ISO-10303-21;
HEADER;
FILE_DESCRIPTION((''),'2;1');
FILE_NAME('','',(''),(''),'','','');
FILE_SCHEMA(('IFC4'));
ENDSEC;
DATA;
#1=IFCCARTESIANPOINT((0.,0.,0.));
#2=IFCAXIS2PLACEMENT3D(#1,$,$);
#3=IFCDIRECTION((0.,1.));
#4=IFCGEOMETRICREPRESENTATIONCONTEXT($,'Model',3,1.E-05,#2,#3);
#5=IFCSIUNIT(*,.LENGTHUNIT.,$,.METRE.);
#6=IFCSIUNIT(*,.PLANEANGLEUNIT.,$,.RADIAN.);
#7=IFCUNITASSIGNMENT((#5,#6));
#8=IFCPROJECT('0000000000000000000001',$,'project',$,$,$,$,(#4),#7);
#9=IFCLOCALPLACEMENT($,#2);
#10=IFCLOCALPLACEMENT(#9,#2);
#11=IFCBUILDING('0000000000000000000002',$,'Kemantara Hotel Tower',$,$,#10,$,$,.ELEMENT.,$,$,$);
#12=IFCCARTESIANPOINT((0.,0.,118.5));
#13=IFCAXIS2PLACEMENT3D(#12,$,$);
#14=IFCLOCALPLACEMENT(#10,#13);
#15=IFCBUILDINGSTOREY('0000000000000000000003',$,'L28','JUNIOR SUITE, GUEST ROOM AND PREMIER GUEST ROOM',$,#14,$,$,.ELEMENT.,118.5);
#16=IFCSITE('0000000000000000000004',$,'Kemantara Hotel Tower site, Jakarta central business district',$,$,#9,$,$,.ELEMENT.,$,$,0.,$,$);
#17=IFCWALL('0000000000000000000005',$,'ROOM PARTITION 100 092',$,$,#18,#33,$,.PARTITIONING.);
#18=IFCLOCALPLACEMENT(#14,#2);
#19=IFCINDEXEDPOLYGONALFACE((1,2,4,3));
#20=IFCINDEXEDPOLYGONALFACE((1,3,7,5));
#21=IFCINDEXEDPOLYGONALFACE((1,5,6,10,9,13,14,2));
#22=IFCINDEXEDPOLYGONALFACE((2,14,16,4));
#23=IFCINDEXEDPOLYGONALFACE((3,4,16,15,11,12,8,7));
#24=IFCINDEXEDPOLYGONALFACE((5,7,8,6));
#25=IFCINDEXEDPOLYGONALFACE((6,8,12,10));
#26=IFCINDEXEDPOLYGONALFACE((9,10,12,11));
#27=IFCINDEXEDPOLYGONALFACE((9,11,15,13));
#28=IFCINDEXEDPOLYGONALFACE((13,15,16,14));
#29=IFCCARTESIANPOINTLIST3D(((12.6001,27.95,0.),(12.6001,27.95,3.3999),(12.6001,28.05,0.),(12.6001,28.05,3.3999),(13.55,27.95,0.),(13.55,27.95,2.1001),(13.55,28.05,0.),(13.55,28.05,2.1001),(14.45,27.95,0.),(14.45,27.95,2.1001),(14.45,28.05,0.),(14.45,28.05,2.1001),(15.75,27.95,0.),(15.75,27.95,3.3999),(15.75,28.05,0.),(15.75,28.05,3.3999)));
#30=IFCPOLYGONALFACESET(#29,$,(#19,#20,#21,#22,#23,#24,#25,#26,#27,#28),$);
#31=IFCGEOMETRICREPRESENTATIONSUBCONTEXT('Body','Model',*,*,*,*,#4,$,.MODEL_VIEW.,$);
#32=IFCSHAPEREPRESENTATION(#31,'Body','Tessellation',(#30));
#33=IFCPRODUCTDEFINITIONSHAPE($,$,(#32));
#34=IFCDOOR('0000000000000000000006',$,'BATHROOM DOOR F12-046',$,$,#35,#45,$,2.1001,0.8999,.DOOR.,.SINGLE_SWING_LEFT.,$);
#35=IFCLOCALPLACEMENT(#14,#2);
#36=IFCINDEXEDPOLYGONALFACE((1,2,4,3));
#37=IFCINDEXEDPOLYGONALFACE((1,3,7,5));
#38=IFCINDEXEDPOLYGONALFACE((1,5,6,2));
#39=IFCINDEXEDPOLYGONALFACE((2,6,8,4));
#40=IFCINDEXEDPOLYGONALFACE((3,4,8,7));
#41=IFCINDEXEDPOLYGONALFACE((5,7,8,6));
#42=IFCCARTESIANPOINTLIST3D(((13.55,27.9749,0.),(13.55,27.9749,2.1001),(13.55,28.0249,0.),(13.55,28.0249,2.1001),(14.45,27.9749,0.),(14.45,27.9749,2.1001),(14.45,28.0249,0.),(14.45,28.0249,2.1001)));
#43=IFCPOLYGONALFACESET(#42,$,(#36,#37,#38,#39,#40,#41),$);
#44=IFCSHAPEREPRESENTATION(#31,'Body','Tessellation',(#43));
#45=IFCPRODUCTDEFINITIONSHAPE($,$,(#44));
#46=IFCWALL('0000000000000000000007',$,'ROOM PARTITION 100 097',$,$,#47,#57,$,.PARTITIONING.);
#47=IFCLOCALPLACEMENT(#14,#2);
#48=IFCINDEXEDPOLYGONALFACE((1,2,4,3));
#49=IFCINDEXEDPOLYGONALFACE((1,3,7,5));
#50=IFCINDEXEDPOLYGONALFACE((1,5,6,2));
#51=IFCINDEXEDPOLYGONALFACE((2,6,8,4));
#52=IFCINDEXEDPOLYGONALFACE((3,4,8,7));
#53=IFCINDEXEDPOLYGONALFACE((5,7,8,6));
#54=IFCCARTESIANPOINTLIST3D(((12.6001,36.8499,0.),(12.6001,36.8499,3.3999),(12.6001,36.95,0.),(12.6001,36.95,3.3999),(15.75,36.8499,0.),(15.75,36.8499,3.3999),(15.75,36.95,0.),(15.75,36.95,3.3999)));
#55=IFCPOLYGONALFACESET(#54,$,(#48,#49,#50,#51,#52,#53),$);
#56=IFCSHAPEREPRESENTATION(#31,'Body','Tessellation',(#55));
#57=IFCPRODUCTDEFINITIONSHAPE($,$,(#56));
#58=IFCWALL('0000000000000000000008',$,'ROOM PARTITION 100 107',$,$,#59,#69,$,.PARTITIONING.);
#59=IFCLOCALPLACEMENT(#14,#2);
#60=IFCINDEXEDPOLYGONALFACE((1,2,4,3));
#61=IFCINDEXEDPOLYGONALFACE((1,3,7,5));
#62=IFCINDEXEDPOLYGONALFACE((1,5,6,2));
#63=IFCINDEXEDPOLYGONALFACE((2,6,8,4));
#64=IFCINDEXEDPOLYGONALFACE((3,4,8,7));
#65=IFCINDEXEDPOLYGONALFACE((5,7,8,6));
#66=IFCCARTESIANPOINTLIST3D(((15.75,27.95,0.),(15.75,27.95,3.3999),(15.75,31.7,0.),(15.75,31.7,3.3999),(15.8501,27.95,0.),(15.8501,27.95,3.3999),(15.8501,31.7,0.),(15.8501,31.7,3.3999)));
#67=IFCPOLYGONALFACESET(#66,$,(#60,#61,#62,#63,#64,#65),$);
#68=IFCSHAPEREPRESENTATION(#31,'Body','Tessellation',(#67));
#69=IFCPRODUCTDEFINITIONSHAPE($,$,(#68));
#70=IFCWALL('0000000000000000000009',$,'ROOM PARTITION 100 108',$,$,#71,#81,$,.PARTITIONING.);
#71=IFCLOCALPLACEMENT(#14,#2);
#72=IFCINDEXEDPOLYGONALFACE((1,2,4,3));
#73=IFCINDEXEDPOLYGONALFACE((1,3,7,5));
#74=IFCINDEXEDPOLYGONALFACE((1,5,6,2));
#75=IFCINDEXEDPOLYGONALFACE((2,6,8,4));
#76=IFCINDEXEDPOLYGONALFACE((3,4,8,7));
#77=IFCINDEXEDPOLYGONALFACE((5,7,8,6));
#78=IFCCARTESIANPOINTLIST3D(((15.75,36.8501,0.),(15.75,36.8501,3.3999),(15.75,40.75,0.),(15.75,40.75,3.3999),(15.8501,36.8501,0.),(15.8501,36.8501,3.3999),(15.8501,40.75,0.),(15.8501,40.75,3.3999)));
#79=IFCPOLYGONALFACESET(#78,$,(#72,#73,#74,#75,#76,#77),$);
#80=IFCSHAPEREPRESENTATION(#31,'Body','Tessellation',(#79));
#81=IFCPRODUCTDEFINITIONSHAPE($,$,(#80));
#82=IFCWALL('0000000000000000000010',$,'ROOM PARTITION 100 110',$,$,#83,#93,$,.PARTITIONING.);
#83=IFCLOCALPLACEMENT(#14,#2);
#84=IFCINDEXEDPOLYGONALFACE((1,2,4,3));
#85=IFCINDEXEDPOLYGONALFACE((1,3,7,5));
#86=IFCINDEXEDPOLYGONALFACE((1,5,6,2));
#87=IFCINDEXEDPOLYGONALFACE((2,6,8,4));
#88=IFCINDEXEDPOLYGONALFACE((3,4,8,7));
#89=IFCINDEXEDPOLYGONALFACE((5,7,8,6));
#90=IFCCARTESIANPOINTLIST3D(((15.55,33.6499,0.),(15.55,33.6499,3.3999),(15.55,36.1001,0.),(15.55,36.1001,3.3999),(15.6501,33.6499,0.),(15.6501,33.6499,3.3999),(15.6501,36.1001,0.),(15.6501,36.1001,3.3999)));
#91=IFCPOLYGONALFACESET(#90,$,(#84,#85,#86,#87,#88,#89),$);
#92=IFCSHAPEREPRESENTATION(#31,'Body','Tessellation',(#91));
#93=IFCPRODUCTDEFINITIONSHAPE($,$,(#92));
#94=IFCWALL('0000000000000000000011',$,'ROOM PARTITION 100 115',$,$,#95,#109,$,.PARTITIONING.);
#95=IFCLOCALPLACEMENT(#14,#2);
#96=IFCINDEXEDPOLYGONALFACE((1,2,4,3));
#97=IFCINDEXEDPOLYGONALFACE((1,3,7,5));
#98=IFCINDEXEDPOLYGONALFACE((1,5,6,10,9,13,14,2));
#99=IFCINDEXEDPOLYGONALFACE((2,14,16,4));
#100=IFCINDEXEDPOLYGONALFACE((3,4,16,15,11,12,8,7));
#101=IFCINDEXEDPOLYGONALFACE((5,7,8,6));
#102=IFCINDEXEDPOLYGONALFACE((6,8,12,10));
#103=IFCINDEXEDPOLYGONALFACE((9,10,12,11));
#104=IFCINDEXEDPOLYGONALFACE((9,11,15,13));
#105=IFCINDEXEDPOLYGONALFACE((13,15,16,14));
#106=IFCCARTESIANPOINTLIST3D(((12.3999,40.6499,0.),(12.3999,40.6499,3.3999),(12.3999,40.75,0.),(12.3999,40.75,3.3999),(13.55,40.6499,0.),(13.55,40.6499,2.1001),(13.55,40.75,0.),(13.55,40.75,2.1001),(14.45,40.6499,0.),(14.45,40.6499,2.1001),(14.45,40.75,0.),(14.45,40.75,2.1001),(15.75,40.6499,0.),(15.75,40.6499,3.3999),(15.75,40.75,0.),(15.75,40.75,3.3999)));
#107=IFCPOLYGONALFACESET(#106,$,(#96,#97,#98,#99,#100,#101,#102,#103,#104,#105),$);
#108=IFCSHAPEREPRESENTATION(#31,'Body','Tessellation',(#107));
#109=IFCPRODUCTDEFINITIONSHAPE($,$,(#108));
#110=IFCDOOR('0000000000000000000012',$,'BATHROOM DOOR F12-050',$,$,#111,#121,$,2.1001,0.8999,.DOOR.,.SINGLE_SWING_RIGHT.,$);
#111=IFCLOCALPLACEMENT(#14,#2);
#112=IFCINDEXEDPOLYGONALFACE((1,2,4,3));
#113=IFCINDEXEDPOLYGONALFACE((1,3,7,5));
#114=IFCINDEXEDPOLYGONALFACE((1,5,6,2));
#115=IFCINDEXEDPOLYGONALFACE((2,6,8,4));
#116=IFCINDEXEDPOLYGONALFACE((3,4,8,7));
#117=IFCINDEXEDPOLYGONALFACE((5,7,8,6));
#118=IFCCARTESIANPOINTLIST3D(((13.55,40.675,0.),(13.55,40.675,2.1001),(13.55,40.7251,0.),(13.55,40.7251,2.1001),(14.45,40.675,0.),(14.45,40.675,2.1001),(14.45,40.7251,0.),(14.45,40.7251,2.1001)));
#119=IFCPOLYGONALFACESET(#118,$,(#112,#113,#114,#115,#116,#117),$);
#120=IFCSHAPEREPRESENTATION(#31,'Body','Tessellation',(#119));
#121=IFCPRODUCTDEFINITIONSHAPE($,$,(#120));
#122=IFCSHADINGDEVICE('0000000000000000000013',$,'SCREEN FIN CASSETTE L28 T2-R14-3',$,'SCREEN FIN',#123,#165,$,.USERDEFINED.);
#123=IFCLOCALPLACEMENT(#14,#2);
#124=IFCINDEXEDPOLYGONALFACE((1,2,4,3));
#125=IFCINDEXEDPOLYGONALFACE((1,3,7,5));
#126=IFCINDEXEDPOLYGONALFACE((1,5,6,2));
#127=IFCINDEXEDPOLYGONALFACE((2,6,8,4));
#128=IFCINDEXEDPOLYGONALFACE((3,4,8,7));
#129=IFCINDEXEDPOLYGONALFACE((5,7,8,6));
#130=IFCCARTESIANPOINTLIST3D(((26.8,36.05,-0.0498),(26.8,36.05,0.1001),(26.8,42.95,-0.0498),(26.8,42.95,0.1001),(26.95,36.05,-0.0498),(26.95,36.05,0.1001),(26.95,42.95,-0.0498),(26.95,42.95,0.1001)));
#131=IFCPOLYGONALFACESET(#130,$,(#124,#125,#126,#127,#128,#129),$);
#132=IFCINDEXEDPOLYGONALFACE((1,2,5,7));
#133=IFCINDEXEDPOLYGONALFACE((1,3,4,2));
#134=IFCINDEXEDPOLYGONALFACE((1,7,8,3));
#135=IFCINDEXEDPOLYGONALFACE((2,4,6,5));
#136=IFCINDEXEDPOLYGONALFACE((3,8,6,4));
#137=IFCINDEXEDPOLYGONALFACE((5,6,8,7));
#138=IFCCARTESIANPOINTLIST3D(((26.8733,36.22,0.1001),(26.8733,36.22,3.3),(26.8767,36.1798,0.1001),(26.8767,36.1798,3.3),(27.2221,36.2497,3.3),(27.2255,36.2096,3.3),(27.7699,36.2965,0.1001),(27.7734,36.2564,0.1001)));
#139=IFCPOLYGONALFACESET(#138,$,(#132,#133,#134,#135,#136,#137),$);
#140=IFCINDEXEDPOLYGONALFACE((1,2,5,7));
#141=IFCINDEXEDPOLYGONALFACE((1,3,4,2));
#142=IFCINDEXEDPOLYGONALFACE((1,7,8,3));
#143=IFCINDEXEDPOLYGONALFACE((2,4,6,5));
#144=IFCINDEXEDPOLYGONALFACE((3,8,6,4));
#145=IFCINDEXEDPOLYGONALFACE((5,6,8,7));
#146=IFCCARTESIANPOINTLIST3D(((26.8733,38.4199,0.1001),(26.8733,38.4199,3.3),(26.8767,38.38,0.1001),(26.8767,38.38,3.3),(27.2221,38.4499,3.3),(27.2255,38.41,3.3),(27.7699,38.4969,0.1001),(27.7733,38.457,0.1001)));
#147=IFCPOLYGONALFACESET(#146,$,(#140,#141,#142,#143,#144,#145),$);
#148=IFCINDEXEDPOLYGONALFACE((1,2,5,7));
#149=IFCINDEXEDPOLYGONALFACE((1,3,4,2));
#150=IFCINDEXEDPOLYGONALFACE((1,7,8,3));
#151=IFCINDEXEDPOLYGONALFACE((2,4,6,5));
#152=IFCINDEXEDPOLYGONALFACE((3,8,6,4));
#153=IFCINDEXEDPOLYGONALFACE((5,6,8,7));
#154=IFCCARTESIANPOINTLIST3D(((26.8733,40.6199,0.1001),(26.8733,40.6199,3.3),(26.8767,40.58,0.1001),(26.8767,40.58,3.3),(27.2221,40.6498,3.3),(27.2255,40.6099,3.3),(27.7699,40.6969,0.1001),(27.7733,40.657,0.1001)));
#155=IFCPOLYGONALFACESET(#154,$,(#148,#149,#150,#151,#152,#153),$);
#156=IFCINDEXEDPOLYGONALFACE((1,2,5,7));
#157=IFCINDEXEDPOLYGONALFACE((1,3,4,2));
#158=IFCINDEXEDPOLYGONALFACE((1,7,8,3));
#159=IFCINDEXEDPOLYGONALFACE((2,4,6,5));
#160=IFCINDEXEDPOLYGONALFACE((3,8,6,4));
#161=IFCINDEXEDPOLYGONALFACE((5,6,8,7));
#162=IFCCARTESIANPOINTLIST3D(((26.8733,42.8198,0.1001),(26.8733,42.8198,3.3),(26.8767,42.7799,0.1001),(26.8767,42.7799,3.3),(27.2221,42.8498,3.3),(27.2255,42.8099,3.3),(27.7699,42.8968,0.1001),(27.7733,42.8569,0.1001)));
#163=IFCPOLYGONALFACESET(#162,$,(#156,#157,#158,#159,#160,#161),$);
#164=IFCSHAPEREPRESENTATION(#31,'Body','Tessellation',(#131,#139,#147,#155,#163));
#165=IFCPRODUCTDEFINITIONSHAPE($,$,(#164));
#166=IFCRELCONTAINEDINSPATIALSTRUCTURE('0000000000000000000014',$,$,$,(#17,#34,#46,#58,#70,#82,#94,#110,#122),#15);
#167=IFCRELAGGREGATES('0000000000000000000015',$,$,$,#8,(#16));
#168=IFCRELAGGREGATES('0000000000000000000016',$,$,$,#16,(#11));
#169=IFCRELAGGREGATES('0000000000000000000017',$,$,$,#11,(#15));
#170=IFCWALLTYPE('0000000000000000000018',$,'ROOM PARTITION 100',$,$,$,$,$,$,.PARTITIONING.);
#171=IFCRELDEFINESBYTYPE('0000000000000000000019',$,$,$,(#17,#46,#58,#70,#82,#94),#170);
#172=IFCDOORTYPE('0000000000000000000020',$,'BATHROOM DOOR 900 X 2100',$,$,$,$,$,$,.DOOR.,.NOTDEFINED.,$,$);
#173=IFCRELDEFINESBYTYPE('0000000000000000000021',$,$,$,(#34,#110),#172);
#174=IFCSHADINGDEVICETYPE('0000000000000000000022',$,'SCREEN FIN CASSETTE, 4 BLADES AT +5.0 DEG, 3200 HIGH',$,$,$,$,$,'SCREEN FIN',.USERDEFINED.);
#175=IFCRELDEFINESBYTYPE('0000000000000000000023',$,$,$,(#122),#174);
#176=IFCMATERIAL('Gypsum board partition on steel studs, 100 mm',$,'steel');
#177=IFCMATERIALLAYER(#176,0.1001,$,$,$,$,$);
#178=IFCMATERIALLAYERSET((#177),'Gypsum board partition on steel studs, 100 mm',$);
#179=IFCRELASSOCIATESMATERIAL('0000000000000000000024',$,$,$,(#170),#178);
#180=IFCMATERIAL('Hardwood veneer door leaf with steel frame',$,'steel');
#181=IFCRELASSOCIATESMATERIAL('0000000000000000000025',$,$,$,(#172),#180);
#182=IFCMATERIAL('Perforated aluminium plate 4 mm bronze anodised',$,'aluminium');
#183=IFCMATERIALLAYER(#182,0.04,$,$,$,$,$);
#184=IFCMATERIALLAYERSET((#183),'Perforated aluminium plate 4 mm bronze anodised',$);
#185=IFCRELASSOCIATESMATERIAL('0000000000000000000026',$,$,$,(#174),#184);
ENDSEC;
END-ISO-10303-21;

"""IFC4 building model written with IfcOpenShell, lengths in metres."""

from ifc_helpers import new_model, si_unit, direction, frame, frame_2d, origin, origin_2d, place, context, subcontext, project, spatial, polyline, rectangle, outline, extrude, source, transform, mapped, material, layer, layer_set, type_object, element, fill, save


model = new_model("IFC4")

# Units and contexts
model_context = context("Model", 3, precision=1e-05, world=origin(), true_north=direction((0.0, 1.0)))
body_context = subcontext(model_context, "Body", "Model", "MODEL_VIEW")
ifc_project = project(units=[si_unit("LENGTHUNIT", "METRE"), si_unit("PLANEANGLEUNIT", "RADIAN")], contexts=[model_context])

# Site, building, storey
site_placement = place(None, origin())
site = spatial("IfcSite", under=ifc_project, at=site_placement, Name="Kemantara Hotel Tower site, Jakarta central business district", CompositionType="ELEMENT", RefElevation=0.0)
building_placement = place(site_placement, origin())
building = spatial("IfcBuilding", under=site, at=building_placement, Name="Kemantara Hotel Tower", CompositionType="ELEMENT")
storey_placement = place(building_placement, frame((0.0, 0.0, 118.5)))
storey = spatial("IfcBuildingStorey", under=building, at=storey_placement, Name="L28", Description="JUNIOR SUITE, GUEST ROOM AND PREMIER GUEST ROOM", CompositionType="ELEMENT", Elevation=118.5)

# Wall, opening, door
ifc_material_1 = material(Name="Gypsum board partition on steel studs, 100 mm", Category="steel")
ifc_layer_1 = layer(ifc_material_1, 0.1001)
ifc_layer_set_1 = layer_set([ifc_layer_1], Name="Gypsum board partition on steel studs, 100 mm")
wall_type_1 = type_object("IfcWallType", Name="ROOM PARTITION 100", PredefinedType="PARTITIONING", material=ifc_layer_set_1)
wall_1_placement = place(storey_placement, frame((12.6001, 28.0, 0.0), z_axis=(0.0, 0.0, 1.0), x_axis=(1.0, 0.0, 0.0)))
wall_1 = element("IfcWall", 1, at=wall_1_placement, inside=storey, type_object=wall_type_1, Name="ROOM PARTITION 100 092", PredefinedType="PARTITIONING", context=body_context, shape_type="SweptSolid", body=[
    extrude(rectangle(XDim=3.1499, YDim=0.1001, at=frame_2d((1.575, 0.0))), origin(), (0.0, 0.0, 1.0), 3.3999),
])
opening_1_placement = place(wall_1_placement, frame((0.95, 0.0, 0.0)))
opening_1 = element("IfcOpeningElement", 2, at=opening_1_placement, cuts=wall_1, PredefinedType="OPENING", context=body_context, shape_type="SweptSolid", body=[
    extrude(rectangle(XDim=0.8999, YDim=2.1001, at=frame_2d((0.45, 1.05))), frame((0.0, 0.0601, 0.0), z_axis=(0.0, -1.0, 0.0), x_axis=(1.0, 0.0, 0.0)), (0.0, 0.0, 1.0), 0.1201),
])
ifc_material_2 = material(Name="Hardwood veneer door leaf with steel frame", Category="steel")
door_type = type_object("IfcDoorType", Name="BATHROOM DOOR 900 X 2100", OperationType="NOTDEFINED", PredefinedType="DOOR", material=ifc_material_2)
door_1_placement = place(opening_1_placement, origin())
door_1 = element("IfcDoor", 3, at=door_1_placement, inside=storey, type_object=door_type, Name="BATHROOM DOOR F12-046", OperationType="SINGLE_SWING_LEFT", OverallHeight=2.1001, OverallWidth=0.8999, PredefinedType="DOOR", context=body_context, shape_type="SweptSolid", body=[
    extrude(rectangle(XDim=0.8999, YDim=2.1001, at=frame_2d((0.45, 1.05))), frame((0.0, 0.0249, 0.0), z_axis=(0.0, -1.0, 0.0), x_axis=(1.0, 0.0, 0.0)), (0.0, 0.0, 1.0), 0.05),
])
fill(opening_1, door_1)

# Walls
wall_2_placement = place(storey_placement, frame((12.6001, 36.8999, 0.0), z_axis=(0.0, 0.0, 1.0), x_axis=(1.0, 0.0, 0.0)))
element("IfcWall", 4, at=wall_2_placement, inside=storey, type_object=wall_type_1, Name="ROOM PARTITION 100 097", PredefinedType="PARTITIONING", context=body_context, shape_type="SweptSolid", body=[
    extrude(rectangle(XDim=3.1499, YDim=0.1001, at=frame_2d((1.575, 0.0))), origin(), (0.0, 0.0, 1.0), 3.3999),
])
wall_3_placement = place(storey_placement, frame((15.8, 27.95, 0.0), z_axis=(0.0, 0.0, 1.0), x_axis=(0.0, 1.0, 0.0)))
element("IfcWall", 5, at=wall_3_placement, inside=storey, type_object=wall_type_1, Name="ROOM PARTITION 100 107", PredefinedType="PARTITIONING", context=body_context, shape_type="SweptSolid", body=[
    extrude(rectangle(XDim=3.75, YDim=0.1001, at=frame_2d((1.875, 0.0))), origin(), (0.0, 0.0, 1.0), 3.3999),
])
wall_4_placement = place(storey_placement, frame((15.8, 36.8501, 0.0), z_axis=(0.0, 0.0, 1.0), x_axis=(0.0, 1.0, 0.0)))
element("IfcWall", 6, at=wall_4_placement, inside=storey, type_object=wall_type_1, Name="ROOM PARTITION 100 108", PredefinedType="PARTITIONING", context=body_context, shape_type="SweptSolid", body=[
    extrude(rectangle(XDim=3.8999, YDim=0.1001, at=frame_2d((1.95, 0.0))), origin(), (0.0, 0.0, 1.0), 3.3999),
])
wall_5_placement = place(storey_placement, frame((15.6001, 33.6499, 0.0), z_axis=(0.0, 0.0, 1.0), x_axis=(0.0, 1.0, 0.0)))
element("IfcWall", 7, at=wall_5_placement, inside=storey, type_object=wall_type_1, Name="ROOM PARTITION 100 110", PredefinedType="PARTITIONING", context=body_context, shape_type="SweptSolid", body=[
    extrude(rectangle(XDim=2.4502, YDim=0.1001, at=frame_2d((1.2251, 0.0))), origin(), (0.0, 0.0, 1.0), 3.3999),
])

# Wall, opening, door
wall_6_placement = place(storey_placement, frame((15.75, 40.7, 0.0), z_axis=(0.0, 0.0, 1.0), x_axis=(-1.0, 0.0, 0.0)))
wall_6 = element("IfcWall", 8, at=wall_6_placement, inside=storey, type_object=wall_type_1, Name="ROOM PARTITION 100 115", PredefinedType="PARTITIONING", context=body_context, shape_type="SweptSolid", body=[
    extrude(rectangle(XDim=3.3501, YDim=0.1001, at=frame_2d((1.675, 0.0))), origin(), (0.0, 0.0, 1.0), 3.3999),
])
opening_2_placement = place(wall_6_placement, frame((1.3, 0.0, 0.0)))
opening_2 = element("IfcOpeningElement", 9, at=opening_2_placement, cuts=wall_6, PredefinedType="OPENING", context=body_context, shape_type="SweptSolid", body=[
    extrude(rectangle(XDim=0.8999, YDim=2.1001, at=frame_2d((0.45, 1.05))), frame((0.0, 0.0601, 0.0), z_axis=(0.0, -1.0, 0.0), x_axis=(1.0, 0.0, 0.0)), (0.0, 0.0, 1.0), 0.1201),
])
door_2_placement = place(opening_2_placement, origin())
door_2 = element("IfcDoor", 10, at=door_2_placement, inside=storey, type_object=door_type, Name="BATHROOM DOOR F12-050", OperationType="SINGLE_SWING_RIGHT", OverallHeight=2.1001, OverallWidth=0.8999, PredefinedType="DOOR", context=body_context, shape_type="SweptSolid", body=[
    extrude(rectangle(XDim=0.8999, YDim=2.1001, at=frame_2d((0.45, 1.05))), frame((0.0, 0.0249, 0.0), z_axis=(0.0, -1.0, 0.0), x_axis=(1.0, 0.0, 0.0)), (0.0, 0.0, 1.0), 0.05),
])
fill(opening_2, door_2)

# Shading device
ifc_material_3 = material(Name="Perforated aluminium plate 4 mm bronze anodised", Category="aluminium")
ifc_layer_2 = layer(ifc_material_3, 0.04)
ifc_layer_set_2 = layer_set([ifc_layer_2], Name="Perforated aluminium plate 4 mm bronze anodised")
shading_device_type_1 = type_object("IfcShadingDeviceType", Name="SCREEN FIN CASSETTE, 4 BLADES AT +5.0 DEG, 3200 HIGH", ElementType="SCREEN FIN", PredefinedType="USERDEFINED", material=ifc_layer_set_2)
shared_shape_1 = source(origin(), body_context, "Body", "SweptSolid", [
    extrude(rectangle(XDim=6.8999, YDim=0.1499, at=origin_2d()), frame((3.3, -0.075, -0.1499), z_axis=(0.0, 0.0, 1.0), x_axis=(1.0, 0.0, 0.0)), (0.0, 0.0, 1.0), 0.1499),
    extrude(outline(polyline([(0.0, 0.0), (0.8999, 0.0), (0.3501, 3.2), (0.0, 3.2), (0.0, 0.0)])), frame((0.02, -0.0732, 0.0), z_axis=(-0.996376, -0.085056, 0.0), x_axis=(0.085056, -0.996376, 0.0)), (0.0, 0.0, 1.0), 0.0403),
    extrude(outline(polyline([(0.0, 0.0), (0.8999, 0.0), (0.3501, 3.2), (0.0, 3.2), (0.0, 0.0)])), frame((2.22, -0.0732, 0.0), z_axis=(-0.996332, -0.085575, 0.0), x_axis=(0.085575, -0.996332, 0.0)), (0.0, 0.0, 1.0), 0.04),
    extrude(outline(polyline([(0.0, 0.0), (0.8999, 0.0), (0.3501, 3.2), (0.0, 3.2), (0.0, 0.0)])), frame((4.4199, -0.0732, 0.0), z_axis=(-0.996332, -0.085575, 0.0), x_axis=(0.085575, -0.996332, 0.0)), (0.0, 0.0, 1.0), 0.04),
    extrude(outline(polyline([(0.0, 0.0), (0.8999, 0.0), (0.3501, 3.2), (0.0, 3.2), (0.0, 0.0)])), frame((6.6199, -0.0732, 0.0), z_axis=(-0.996332, -0.085575, 0.0), x_axis=(0.085575, -0.996332, 0.0)), (0.0, 0.0, 1.0), 0.04),
])
shading_device_1_placement = place(storey_placement, frame((26.8, 36.2, 0.1001), z_axis=(0.0, 0.0, 1.0), x_axis=(0.0, 1.0, 0.0)))
element("IfcShadingDevice", 11, at=shading_device_1_placement, inside=storey, type_object=shading_device_type_1, Name="SCREEN FIN CASSETTE L28 T2-R14-3", ObjectType="SCREEN FIN", PredefinedType="USERDEFINED", context=body_context, shape_type="MappedRepresentation", body=[
    mapped(shared_shape_1, transform((0.0, 0.0, 0.0))),
])

save(model, "model.ifc")
